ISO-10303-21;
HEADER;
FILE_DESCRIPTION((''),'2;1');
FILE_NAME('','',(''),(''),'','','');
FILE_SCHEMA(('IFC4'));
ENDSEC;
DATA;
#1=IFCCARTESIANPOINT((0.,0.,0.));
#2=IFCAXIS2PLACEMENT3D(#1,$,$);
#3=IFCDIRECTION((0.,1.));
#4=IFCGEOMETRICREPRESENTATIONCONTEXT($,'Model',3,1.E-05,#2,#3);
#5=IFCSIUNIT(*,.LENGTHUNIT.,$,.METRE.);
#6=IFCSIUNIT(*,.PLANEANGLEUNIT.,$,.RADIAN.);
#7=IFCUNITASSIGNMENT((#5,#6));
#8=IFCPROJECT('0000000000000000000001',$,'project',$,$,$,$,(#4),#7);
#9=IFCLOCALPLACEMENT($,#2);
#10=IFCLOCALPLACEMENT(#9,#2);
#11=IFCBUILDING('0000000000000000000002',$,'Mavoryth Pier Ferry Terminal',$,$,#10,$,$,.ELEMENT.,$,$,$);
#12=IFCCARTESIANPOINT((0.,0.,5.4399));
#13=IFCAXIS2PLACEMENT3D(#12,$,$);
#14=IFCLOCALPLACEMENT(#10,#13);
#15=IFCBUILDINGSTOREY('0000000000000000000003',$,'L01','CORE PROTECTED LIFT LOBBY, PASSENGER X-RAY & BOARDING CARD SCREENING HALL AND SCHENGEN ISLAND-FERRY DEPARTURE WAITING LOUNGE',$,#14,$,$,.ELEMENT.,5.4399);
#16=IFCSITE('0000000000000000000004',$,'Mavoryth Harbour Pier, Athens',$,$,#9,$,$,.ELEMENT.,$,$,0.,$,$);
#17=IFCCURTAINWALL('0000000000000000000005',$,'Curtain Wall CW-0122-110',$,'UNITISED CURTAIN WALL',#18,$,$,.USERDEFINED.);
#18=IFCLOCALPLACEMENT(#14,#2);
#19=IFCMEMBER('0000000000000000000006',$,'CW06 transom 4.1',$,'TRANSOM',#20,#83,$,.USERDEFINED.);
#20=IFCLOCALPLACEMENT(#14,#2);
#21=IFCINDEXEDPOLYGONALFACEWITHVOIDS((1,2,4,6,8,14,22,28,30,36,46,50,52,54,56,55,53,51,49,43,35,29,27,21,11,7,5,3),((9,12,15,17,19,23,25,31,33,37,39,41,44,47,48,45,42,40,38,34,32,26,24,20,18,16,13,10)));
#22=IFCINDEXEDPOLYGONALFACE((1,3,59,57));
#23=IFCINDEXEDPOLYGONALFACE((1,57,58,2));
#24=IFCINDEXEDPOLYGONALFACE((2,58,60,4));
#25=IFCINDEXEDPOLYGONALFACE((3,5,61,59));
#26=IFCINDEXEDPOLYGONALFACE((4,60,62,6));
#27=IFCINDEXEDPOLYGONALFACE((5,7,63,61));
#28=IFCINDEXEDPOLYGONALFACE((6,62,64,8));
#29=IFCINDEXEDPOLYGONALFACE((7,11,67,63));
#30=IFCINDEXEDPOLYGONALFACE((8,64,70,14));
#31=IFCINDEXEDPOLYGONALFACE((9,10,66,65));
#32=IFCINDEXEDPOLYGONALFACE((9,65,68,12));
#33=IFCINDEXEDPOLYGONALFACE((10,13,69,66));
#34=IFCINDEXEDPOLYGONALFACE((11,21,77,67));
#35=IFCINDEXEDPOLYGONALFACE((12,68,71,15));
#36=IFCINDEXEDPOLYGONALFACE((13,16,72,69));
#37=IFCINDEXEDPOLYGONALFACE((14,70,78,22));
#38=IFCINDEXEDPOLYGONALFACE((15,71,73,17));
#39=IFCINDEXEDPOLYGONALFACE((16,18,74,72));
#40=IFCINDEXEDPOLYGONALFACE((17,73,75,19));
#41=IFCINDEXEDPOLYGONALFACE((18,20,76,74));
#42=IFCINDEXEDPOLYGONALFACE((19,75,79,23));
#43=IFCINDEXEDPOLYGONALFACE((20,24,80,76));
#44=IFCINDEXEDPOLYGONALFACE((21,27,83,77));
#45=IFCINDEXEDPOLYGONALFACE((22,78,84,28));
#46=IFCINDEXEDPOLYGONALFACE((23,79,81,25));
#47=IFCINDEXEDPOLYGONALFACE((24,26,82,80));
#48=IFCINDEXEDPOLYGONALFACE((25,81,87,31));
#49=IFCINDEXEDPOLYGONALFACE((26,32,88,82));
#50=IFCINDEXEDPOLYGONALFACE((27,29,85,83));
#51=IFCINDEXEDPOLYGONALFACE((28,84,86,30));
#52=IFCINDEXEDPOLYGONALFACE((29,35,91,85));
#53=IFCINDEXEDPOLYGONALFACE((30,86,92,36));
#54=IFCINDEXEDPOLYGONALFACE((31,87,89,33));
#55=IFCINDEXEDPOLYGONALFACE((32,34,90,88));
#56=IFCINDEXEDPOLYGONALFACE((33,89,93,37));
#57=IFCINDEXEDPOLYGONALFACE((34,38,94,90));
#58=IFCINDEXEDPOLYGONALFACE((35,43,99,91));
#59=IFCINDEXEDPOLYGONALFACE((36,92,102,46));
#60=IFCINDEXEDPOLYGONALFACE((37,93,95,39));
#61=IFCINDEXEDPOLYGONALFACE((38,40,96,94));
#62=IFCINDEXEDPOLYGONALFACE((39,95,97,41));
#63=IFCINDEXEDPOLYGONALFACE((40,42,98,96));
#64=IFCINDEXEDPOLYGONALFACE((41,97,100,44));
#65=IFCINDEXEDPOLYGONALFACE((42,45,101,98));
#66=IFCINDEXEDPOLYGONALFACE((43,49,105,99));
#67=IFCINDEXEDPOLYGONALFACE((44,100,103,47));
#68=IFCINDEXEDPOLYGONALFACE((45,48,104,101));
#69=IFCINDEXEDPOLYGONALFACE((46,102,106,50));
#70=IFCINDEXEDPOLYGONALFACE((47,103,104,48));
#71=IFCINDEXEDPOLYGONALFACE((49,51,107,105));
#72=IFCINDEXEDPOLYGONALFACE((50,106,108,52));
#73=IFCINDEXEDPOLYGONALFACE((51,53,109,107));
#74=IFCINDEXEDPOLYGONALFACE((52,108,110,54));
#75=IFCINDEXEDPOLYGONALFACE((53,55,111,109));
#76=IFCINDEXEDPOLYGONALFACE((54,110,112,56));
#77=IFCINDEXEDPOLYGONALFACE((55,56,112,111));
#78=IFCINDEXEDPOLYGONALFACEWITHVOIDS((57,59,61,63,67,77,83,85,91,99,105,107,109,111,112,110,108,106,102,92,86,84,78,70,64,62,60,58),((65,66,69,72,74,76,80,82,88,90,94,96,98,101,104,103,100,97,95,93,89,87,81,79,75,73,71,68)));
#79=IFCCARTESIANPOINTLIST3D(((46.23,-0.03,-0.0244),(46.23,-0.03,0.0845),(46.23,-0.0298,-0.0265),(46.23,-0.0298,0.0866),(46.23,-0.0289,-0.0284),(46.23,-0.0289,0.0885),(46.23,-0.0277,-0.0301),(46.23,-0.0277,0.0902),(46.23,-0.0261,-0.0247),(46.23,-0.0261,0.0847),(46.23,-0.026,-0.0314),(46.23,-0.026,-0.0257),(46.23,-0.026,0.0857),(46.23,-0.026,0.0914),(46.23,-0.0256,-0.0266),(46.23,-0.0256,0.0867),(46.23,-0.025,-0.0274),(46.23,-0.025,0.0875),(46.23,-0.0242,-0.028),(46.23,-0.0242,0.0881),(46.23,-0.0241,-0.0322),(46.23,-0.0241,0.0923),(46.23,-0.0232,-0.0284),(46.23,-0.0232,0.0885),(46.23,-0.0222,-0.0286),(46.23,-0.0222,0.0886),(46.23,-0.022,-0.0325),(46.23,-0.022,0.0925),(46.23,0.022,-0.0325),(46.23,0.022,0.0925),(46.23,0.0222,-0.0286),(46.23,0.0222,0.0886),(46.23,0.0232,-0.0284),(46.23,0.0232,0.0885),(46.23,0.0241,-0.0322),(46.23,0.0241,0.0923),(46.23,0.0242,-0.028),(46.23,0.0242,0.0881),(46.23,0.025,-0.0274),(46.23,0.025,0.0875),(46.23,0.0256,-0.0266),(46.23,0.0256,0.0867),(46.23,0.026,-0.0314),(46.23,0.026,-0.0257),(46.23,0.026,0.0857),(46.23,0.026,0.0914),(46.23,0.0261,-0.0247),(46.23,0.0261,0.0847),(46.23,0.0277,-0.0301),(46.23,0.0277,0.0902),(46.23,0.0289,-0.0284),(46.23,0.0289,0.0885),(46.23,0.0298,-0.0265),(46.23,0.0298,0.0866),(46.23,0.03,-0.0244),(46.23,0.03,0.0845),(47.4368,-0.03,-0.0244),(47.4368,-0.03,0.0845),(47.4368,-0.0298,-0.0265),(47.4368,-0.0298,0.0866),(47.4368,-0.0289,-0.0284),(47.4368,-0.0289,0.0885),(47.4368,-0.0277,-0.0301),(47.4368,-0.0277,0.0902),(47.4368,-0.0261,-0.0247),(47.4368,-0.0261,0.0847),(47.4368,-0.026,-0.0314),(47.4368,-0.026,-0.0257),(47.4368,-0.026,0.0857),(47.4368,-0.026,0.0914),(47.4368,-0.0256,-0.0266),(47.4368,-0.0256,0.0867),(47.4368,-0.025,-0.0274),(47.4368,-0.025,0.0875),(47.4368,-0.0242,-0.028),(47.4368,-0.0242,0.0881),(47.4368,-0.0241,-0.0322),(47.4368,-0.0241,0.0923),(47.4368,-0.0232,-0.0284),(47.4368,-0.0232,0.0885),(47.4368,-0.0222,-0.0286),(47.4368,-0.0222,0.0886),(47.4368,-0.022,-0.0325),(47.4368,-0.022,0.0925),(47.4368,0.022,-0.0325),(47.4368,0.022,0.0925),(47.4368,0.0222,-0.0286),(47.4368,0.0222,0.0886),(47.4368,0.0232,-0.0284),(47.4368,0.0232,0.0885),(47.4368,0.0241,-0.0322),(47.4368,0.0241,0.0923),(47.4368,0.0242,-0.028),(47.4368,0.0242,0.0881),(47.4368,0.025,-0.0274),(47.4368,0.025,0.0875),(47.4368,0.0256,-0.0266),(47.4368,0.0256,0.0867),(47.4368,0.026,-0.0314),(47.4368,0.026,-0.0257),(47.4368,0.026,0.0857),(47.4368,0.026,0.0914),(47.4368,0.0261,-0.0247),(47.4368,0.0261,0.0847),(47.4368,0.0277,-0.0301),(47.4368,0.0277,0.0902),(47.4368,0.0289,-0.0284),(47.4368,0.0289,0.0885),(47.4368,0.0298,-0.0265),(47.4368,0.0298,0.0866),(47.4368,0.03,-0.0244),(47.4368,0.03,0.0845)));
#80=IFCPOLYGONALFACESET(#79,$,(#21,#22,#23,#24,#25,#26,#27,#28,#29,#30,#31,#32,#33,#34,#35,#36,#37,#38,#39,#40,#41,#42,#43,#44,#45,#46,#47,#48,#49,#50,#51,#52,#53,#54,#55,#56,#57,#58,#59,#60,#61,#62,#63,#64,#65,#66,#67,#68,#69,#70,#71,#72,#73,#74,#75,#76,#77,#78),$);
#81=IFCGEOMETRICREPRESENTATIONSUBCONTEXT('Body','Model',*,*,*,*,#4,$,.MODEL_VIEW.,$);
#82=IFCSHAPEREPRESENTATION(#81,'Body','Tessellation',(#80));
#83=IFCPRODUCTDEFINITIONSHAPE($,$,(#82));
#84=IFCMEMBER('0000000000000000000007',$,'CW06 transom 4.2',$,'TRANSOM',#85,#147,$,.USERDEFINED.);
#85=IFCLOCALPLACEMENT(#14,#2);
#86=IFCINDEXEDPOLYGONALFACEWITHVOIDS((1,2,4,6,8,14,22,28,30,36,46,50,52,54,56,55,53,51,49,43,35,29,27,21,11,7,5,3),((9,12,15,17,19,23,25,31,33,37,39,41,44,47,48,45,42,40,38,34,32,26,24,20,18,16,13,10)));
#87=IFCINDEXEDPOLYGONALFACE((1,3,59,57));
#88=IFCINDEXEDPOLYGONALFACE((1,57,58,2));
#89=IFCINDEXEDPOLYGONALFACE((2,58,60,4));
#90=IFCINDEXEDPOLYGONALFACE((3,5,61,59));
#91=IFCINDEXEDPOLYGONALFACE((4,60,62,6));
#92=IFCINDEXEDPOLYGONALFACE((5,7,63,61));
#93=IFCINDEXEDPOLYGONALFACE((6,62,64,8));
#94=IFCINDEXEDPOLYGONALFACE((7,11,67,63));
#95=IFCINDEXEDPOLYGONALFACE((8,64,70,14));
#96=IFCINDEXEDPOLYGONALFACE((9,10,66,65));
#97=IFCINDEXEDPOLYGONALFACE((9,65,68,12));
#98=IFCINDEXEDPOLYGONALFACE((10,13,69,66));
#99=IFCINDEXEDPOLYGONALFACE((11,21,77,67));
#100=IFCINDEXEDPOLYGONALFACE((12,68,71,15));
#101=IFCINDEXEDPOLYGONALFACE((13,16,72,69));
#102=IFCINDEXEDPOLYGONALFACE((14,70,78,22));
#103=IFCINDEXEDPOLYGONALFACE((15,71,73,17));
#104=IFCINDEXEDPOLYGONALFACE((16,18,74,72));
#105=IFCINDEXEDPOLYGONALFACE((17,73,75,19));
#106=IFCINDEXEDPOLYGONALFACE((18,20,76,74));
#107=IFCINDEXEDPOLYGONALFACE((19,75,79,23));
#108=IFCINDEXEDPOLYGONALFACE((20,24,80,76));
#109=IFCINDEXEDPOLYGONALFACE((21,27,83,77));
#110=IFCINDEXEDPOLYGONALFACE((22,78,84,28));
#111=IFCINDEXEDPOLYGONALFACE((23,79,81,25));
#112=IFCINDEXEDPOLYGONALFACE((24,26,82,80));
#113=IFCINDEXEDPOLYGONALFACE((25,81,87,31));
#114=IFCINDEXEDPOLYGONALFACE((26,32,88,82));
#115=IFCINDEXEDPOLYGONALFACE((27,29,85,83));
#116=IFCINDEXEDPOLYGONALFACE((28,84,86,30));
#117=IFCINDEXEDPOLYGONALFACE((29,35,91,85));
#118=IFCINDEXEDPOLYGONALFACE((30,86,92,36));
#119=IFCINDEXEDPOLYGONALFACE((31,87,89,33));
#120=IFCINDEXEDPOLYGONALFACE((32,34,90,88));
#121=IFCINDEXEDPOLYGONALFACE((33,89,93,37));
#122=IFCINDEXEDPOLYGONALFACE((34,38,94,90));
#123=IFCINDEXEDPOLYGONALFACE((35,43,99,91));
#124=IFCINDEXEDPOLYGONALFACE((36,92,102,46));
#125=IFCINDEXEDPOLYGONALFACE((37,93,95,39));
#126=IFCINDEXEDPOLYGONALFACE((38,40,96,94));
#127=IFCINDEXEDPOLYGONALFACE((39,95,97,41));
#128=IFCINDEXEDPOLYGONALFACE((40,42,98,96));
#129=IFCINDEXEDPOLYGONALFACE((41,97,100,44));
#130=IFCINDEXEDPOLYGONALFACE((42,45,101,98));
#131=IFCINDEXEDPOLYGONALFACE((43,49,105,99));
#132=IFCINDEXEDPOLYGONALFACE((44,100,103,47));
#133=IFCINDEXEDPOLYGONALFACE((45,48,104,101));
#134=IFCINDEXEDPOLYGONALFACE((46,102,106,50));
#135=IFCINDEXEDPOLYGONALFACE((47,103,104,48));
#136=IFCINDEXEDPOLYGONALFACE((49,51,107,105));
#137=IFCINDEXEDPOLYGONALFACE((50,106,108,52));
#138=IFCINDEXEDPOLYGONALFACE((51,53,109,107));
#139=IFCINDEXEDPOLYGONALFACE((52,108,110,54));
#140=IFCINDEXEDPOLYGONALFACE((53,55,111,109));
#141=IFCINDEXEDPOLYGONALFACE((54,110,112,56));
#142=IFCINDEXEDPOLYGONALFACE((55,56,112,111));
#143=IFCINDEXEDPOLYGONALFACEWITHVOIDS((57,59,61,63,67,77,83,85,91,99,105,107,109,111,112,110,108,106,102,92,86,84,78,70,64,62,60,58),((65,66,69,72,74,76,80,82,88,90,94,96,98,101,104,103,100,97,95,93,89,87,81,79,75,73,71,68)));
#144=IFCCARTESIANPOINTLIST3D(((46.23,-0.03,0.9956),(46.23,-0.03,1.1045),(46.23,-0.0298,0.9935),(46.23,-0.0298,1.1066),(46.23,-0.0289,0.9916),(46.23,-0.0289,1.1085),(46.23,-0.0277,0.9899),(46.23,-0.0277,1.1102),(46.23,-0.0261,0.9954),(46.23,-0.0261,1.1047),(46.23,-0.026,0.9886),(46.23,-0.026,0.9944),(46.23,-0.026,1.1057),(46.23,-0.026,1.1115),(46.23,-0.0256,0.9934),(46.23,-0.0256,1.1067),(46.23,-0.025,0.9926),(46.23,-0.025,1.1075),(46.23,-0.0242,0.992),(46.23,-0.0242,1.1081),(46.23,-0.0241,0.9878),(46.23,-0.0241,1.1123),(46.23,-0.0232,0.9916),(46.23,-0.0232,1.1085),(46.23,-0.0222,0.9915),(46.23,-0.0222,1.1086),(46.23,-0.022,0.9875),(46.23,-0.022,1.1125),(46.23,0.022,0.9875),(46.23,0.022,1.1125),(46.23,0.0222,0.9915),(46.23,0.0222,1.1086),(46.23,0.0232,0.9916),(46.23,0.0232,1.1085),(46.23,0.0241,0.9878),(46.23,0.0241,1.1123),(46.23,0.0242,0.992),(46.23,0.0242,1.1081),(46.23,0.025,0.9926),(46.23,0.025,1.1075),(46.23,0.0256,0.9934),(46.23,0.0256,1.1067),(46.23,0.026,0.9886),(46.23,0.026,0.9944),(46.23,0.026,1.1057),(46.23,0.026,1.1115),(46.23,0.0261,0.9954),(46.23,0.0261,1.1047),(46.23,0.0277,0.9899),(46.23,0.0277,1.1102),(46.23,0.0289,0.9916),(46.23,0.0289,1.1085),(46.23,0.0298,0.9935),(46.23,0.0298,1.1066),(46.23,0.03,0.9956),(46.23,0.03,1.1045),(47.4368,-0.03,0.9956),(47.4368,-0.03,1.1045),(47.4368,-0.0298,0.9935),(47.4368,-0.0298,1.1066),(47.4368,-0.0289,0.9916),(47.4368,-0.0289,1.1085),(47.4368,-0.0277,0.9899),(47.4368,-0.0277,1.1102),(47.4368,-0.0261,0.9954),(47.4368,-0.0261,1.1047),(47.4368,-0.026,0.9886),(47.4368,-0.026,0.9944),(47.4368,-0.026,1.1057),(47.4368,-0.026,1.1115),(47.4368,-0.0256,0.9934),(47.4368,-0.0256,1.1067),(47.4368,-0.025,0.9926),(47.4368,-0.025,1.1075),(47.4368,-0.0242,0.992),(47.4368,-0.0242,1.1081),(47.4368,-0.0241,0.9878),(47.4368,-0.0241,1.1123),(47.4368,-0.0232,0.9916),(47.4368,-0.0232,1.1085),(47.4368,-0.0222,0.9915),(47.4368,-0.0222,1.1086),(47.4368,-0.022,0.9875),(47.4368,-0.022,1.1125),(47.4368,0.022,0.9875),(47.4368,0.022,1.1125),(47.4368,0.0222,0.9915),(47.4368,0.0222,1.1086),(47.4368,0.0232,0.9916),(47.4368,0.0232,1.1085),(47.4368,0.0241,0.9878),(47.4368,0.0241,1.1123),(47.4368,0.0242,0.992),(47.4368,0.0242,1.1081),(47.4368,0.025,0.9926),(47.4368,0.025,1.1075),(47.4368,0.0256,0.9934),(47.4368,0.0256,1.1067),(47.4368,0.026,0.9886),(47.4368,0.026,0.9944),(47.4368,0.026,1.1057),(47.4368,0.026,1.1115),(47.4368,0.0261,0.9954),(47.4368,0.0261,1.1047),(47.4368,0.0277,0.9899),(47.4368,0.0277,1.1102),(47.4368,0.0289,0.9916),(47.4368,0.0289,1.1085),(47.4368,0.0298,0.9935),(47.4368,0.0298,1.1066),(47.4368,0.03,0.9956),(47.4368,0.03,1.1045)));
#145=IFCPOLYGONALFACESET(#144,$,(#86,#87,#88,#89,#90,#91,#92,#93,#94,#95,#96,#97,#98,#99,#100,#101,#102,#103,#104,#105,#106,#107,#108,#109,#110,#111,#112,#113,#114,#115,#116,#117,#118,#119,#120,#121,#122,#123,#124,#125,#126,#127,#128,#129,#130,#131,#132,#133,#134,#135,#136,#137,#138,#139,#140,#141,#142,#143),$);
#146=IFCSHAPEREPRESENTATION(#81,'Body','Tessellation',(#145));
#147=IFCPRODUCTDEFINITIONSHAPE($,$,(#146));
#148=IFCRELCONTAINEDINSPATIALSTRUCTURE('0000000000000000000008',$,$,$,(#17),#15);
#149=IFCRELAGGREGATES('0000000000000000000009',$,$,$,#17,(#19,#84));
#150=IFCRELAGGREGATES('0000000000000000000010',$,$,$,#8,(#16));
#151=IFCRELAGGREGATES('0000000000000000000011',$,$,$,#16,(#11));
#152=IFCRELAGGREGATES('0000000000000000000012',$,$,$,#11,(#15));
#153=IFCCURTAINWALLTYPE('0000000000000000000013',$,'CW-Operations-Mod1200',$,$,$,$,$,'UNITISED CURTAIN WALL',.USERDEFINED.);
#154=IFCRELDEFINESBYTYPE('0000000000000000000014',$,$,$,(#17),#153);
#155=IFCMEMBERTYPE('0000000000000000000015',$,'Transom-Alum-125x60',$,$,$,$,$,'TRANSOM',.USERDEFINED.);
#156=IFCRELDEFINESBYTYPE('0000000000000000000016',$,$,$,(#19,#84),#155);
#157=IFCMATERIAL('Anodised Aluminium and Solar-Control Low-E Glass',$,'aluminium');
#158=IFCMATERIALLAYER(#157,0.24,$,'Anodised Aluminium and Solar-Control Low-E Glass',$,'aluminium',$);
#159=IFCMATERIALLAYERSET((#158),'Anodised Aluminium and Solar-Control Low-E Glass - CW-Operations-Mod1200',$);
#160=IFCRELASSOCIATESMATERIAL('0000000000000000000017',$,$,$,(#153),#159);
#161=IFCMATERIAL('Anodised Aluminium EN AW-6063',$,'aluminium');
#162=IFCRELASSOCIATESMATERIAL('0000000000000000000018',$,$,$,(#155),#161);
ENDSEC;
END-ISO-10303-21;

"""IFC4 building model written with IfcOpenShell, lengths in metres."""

from ifc_helpers import new_model, si_unit, direction, frame, origin, origin_2d, place, context, subcontext, project, spatial, hollow_rectangle, extrude, material, layer, layer_set, material_profile, profile_set, type_object, element, aggregate, save


model = new_model("IFC4")

# Units and contexts
model_context = context("Model", 3, precision=1e-05, world=origin(), true_north=direction((0.0, 1.0)))
body_context = subcontext(model_context, "Body", "Model", "MODEL_VIEW")
ifc_project = project(units=[si_unit("LENGTHUNIT", "METRE"), si_unit("PLANEANGLEUNIT", "RADIAN")], contexts=[model_context])

# Site, building, storey
site_placement = place(None, origin())
site = spatial("IfcSite", under=ifc_project, at=site_placement, Name="Mavoryth Harbour Pier, Athens", CompositionType="ELEMENT", RefElevation=0.0)
building_placement = place(site_placement, origin())
building = spatial("IfcBuilding", under=site, at=building_placement, Name="Mavoryth Pier Ferry Terminal", CompositionType="ELEMENT")
storey_placement = place(building_placement, frame((0.0, 0.0, 5.4399)))
storey = spatial("IfcBuildingStorey", under=building, at=storey_placement, Name="L01", Description="CORE PROTECTED LIFT LOBBY, PASSENGER X-RAY & BOARDING CARD SCREENING HALL AND SCHENGEN ISLAND-FERRY DEPARTURE WAITING LOUNGE", CompositionType="ELEMENT", Elevation=5.4399)

# Curtain wall
ifc_material_1 = material(Name="Anodised Aluminium and Solar-Control Low-E Glass", Category="aluminium")
ifc_layer_1 = layer(ifc_material_1, 0.24, Name="Anodised Aluminium and Solar-Control Low-E Glass", Category="aluminium")
ifc_layer_set_1 = layer_set([ifc_layer_1], Name="Anodised Aluminium and Solar-Control Low-E Glass - CW-Operations-Mod1200")
curtain_wall_type = type_object("IfcCurtainWallType", Name="CW-Operations-Mod1200", ElementType="UNITISED CURTAIN WALL", PredefinedType="USERDEFINED", material=ifc_layer_set_1)
curtain_wall_placement = place(storey_placement, origin())
curtain_wall = element("IfcCurtainWall", 1, at=curtain_wall_placement, inside=storey, type_object=curtain_wall_type, Name="Curtain Wall CW-0122-110", ObjectType="UNITISED CURTAIN WALL", PredefinedType="USERDEFINED")
ifc_material_2 = material(Name="Anodised Aluminium EN AW-6063", Category="aluminium")

# Members
ifc_material_profile_1 = material_profile(ifc_material_2, hollow_rectangle(XDim=0.0601, YDim=0.125, WallThickness=0.0039, InnerFilletRadius=0.0039, OuterFilletRadius=0.0081, at=origin_2d()), Name="AL-TRAN 125x60x4", Category="aluminium")
ifc_profile_set_1 = profile_set([ifc_material_profile_1], Name="Anodised Aluminium EN AW-6063 - AL-TRAN 125x60x4")
member_type_1 = type_object("IfcMemberType", Name="Transom-Alum-125x60", ElementType="TRANSOM", PredefinedType="USERDEFINED", material=ifc_profile_set_1)
member_1_placement = place(storey_placement, frame((46.23, 0.0, 0.03), z_axis=(1.0, 0.0, 0.0), x_axis=(0.0, 1.0, 0.0)))
member_1 = element("IfcMember", 2, at=member_1_placement, type_object=member_type_1, Name="CW06 transom 4.1", ObjectType="TRANSOM", PredefinedType="USERDEFINED", context=body_context, shape_type="SweptSolid", body=[
    extrude(hollow_rectangle(XDim=0.0601, YDim=0.125, WallThickness=0.0039, InnerFilletRadius=0.0039, OuterFilletRadius=0.0081, at=origin_2d()), origin(), (0.0, 0.0, 1.0), 1.2068),
])
member_2_placement = place(storey_placement, frame((46.23, 0.0, 1.05), z_axis=(1.0, 0.0, 0.0), x_axis=(0.0, 1.0, 0.0)))
member_2 = element("IfcMember", 3, at=member_2_placement, type_object=member_type_1, Name="CW06 transom 4.2", ObjectType="TRANSOM", PredefinedType="USERDEFINED", context=body_context, shape_type="SweptSolid", body=[
    extrude(hollow_rectangle(XDim=0.0601, YDim=0.125, WallThickness=0.0039, InnerFilletRadius=0.0039, OuterFilletRadius=0.0081, at=origin_2d()), origin(), (0.0, 0.0, 1.0), 1.2068),
])

aggregate(curtain_wall, [member_1, member_2])

save(model, "model.ifc")
